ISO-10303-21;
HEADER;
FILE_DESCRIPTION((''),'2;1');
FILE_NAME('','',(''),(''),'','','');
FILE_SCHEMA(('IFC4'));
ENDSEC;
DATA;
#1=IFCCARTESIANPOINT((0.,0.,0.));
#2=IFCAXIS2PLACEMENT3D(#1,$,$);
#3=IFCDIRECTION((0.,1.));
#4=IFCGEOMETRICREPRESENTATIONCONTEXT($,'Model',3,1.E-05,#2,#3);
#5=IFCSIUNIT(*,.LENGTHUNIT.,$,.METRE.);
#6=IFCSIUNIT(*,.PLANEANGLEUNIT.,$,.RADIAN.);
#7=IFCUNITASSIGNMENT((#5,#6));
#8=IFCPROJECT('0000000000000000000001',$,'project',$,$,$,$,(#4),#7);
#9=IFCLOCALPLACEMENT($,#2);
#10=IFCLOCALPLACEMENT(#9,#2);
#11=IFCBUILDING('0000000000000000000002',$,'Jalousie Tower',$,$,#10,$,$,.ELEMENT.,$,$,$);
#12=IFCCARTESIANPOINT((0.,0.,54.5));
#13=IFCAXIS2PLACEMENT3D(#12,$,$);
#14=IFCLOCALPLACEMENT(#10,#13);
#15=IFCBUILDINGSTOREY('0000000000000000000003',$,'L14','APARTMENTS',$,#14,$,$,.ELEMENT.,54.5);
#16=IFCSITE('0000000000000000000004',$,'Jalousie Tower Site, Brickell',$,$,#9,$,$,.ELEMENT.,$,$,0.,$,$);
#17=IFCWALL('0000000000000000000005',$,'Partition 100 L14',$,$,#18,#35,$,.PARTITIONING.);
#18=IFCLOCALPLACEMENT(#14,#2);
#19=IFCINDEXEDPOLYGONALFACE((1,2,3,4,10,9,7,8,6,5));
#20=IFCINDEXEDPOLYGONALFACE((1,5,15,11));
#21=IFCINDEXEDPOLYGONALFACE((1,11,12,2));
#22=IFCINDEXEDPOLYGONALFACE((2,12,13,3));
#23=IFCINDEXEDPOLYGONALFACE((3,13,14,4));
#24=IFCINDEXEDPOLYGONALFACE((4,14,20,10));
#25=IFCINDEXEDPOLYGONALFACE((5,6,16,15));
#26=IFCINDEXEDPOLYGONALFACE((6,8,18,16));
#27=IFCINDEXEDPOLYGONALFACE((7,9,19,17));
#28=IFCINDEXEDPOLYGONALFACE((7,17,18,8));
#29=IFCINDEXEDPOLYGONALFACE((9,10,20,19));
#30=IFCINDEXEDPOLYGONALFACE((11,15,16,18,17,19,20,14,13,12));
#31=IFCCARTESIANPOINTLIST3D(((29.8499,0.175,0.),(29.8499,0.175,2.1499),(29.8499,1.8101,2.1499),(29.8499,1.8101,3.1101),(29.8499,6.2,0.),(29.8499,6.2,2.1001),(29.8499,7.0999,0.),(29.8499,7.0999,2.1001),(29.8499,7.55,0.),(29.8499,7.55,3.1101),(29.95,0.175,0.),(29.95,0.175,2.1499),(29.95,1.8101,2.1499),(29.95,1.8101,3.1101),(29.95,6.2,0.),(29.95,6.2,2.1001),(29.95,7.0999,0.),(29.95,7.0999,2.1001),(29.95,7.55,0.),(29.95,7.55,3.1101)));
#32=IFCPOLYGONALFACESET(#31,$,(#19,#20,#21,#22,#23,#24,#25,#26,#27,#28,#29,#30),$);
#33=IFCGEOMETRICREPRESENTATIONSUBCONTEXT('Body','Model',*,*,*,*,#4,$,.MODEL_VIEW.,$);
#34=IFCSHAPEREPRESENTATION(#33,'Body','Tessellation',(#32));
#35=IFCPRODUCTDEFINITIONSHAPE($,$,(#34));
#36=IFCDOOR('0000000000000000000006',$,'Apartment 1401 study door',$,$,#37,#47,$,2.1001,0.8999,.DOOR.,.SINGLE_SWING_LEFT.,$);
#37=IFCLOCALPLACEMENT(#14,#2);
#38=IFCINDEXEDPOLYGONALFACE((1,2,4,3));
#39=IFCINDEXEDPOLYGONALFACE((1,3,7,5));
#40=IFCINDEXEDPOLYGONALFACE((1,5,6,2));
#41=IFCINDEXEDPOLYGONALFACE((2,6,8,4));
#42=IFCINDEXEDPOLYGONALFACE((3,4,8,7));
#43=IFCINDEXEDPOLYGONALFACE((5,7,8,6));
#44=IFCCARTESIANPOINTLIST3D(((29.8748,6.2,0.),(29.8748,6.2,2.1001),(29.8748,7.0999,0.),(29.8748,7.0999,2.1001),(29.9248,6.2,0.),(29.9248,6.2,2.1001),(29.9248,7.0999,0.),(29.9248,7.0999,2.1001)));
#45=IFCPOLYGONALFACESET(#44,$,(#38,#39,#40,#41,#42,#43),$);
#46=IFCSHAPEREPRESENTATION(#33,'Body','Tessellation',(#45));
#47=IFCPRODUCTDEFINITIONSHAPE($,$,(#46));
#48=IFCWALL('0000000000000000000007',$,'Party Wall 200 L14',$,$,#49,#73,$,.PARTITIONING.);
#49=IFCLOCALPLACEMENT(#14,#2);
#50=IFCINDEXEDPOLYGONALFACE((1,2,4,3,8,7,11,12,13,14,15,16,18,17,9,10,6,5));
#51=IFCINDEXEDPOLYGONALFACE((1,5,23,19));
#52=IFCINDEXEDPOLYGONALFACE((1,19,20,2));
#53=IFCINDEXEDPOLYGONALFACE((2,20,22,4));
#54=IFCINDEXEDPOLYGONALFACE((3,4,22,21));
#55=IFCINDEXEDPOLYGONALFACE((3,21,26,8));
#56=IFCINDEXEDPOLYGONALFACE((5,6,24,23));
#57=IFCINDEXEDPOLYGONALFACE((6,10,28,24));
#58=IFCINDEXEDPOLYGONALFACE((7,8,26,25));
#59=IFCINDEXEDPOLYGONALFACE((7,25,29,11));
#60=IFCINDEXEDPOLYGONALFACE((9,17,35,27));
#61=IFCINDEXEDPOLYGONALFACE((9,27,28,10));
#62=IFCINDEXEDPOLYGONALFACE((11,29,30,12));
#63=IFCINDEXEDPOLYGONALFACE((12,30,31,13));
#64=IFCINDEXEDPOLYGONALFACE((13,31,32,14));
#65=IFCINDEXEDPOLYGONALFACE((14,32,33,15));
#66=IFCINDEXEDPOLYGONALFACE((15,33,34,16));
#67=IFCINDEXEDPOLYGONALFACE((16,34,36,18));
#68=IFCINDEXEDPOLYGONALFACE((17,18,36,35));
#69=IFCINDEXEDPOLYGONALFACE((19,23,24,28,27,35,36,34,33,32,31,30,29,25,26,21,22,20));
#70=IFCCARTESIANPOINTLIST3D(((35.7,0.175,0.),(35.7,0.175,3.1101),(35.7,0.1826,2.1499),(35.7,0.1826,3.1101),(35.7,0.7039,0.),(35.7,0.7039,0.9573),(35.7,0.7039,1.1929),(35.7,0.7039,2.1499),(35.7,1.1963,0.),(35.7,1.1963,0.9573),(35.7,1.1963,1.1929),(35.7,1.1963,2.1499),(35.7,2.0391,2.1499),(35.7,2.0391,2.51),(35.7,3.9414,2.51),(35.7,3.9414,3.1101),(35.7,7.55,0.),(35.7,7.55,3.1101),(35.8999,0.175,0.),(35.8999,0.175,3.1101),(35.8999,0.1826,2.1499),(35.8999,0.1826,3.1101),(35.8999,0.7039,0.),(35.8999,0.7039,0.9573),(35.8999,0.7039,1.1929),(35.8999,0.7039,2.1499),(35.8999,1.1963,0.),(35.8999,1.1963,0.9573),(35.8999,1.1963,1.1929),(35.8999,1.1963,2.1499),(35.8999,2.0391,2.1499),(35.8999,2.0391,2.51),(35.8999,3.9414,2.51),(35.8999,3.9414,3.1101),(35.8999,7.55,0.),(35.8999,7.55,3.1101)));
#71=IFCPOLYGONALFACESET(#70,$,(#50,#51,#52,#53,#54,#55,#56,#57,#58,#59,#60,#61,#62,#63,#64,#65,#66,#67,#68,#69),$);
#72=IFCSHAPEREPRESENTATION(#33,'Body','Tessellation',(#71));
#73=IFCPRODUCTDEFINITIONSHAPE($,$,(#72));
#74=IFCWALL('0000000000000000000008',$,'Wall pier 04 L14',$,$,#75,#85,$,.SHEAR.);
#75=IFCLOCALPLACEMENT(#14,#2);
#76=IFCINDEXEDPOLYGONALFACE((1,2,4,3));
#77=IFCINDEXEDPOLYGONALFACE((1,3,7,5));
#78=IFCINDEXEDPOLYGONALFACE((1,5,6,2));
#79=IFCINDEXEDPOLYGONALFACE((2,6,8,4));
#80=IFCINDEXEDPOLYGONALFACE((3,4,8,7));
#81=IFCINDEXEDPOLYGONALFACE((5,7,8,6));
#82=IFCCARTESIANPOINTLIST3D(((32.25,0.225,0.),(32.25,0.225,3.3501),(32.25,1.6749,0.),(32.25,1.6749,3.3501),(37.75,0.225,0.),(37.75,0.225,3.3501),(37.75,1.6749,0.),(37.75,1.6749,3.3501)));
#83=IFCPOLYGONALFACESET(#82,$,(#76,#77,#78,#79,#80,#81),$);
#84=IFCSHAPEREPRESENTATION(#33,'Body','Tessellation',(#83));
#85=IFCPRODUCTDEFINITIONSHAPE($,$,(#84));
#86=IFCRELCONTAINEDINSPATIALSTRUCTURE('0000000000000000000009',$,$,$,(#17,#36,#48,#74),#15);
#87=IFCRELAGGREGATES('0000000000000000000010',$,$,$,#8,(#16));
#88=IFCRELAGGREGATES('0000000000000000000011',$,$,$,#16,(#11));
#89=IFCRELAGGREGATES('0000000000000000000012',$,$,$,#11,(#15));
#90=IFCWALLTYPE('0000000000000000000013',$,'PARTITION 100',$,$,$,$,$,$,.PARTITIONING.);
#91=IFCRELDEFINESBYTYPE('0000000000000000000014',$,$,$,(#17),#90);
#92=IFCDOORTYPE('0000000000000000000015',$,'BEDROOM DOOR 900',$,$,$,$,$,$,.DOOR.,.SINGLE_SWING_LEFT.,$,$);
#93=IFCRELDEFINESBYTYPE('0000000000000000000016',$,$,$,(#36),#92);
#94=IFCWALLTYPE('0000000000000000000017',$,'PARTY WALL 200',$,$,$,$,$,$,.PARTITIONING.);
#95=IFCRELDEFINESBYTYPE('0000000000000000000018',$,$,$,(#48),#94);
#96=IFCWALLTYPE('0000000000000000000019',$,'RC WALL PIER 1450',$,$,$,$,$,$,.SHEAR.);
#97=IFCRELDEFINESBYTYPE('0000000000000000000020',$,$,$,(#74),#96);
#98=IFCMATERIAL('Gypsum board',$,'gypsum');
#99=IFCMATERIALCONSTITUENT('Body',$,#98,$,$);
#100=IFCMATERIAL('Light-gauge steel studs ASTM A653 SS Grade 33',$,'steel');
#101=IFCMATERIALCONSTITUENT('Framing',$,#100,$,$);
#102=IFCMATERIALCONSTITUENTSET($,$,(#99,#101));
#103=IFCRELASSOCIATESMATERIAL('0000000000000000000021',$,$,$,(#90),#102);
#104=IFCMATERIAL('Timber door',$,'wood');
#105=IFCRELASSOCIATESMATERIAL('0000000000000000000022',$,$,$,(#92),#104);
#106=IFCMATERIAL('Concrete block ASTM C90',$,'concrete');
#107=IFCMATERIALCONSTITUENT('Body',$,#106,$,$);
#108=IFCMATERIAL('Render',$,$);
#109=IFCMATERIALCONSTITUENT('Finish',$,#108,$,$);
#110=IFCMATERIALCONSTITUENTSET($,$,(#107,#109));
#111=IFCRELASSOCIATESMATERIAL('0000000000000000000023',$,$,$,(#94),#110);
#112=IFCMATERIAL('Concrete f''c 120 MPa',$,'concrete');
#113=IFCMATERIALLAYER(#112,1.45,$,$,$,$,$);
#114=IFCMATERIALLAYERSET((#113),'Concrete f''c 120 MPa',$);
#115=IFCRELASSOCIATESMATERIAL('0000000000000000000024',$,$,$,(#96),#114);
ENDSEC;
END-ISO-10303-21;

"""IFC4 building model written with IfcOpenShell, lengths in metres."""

from ifc_helpers import new_model, si_unit, direction, frame, frame_2d, origin, place, context, subcontext, project, spatial, polyline, rectangle, outline, extrude, material, layer, layer_set, constituent, constituent_set, type_object, element, fill, save


model = new_model("IFC4")

# Units and contexts
model_context = context("Model", 3, precision=1e-05, world=origin(), true_north=direction((0.0, 1.0)))
body_context = subcontext(model_context, "Body", "Model", "MODEL_VIEW")
ifc_project = project(units=[si_unit("LENGTHUNIT", "METRE"), si_unit("PLANEANGLEUNIT", "RADIAN")], contexts=[model_context])

# Site, building, storey
site_placement = place(None, origin())
site = spatial("IfcSite", under=ifc_project, at=site_placement, Name="Jalousie Tower Site, Brickell", CompositionType="ELEMENT", RefElevation=0.0)
building_placement = place(site_placement, origin())
building = spatial("IfcBuilding", under=site, at=building_placement, Name="Jalousie Tower", CompositionType="ELEMENT")
storey_placement = place(building_placement, frame((0.0, 0.0, 54.5)))
storey = spatial("IfcBuildingStorey", under=building, at=storey_placement, Name="L14", Description="APARTMENTS", CompositionType="ELEMENT", Elevation=54.5)

# Wall, opening, door
ifc_material_1 = material(Name="Gypsum board", Category="gypsum")
ifc_constituent_1 = constituent(ifc_material_1, Name="Body")
ifc_material_2 = material(Name="Light-gauge steel studs ASTM A653 SS Grade 33", Category="steel")
ifc_constituent_2 = constituent(ifc_material_2, Name="Framing")
ifc_constituent_set_1 = constituent_set(constituents=[ifc_constituent_1, ifc_constituent_2])
wall_type_1 = type_object("IfcWallType", Name="PARTITION 100", PredefinedType="PARTITIONING", material=ifc_constituent_set_1)
wall_1_placement = place(storey_placement, frame((29.8999, 0.175, 0.0), z_axis=(0.0, 0.0, 1.0), x_axis=(0.0, 1.0, 0.0)))
wall_1 = element("IfcWall", 1, at=wall_1_placement, inside=storey, type_object=wall_type_1, Name="Partition 100 L14", PredefinedType="PARTITIONING", context=body_context, shape_type="SweptSolid", body=[
    extrude(outline(polyline([(0.0, 0.0), (7.375, 0.0), (7.375, 3.1101), (1.635, 3.1101), (1.635, 2.1499), (0.0, 2.1499), (0.0, 3.1101), (0.0, 0.0)])), frame((0.0, 0.05, 0.0), z_axis=(0.0, -1.0, 0.0), x_axis=(1.0, 0.0, 0.0)), (0.0, 0.0, 1.0), 0.1001),
])
opening_1_placement = place(wall_1_placement, frame((6.0249, 0.0, 0.0)))
opening_1 = element("IfcOpeningElement", 2, at=opening_1_placement, cuts=wall_1, PredefinedType="OPENING", context=body_context, shape_type="SweptSolid", body=[
    extrude(rectangle(XDim=0.8999, YDim=2.1001, at=frame_2d((0.45, 1.05))), frame((0.0, 0.0601, 0.0), z_axis=(0.0, -1.0, 0.0), x_axis=(1.0, 0.0, 0.0)), (0.0, 0.0, 1.0), 0.1201),
])
ifc_material_3 = material(Name="Timber door", Category="wood")
door_type = type_object("IfcDoorType", Name="BEDROOM DOOR 900", OperationType="SINGLE_SWING_LEFT", PredefinedType="DOOR", material=ifc_material_3)
door_placement = place(opening_1_placement, frame((0.8999, 0.0, 0.0), z_axis=(0.0, 0.0, 1.0), x_axis=(-1.0, 0.0, 0.0)))
door = element("IfcDoor", 3, at=door_placement, inside=storey, type_object=door_type, Name="Apartment 1401 study door", OperationType="SINGLE_SWING_LEFT", OverallHeight=2.1001, OverallWidth=0.8999, PredefinedType="DOOR", context=body_context, shape_type="SweptSolid", body=[
    extrude(rectangle(XDim=0.8999, YDim=2.1001, at=frame_2d((0.45, 1.05))), frame((0.0, 0.0249, 0.0), z_axis=(0.0, -1.0, 0.0), x_axis=(1.0, 0.0, 0.0)), (0.0, 0.0, 1.0), 0.05),
])
fill(opening_1, door)

# Walls
ifc_material_4 = material(Name="Concrete block ASTM C90", Category="concrete")
ifc_constituent_3 = constituent(ifc_material_4, Name="Body")
ifc_material_5 = material(Name="Render")
ifc_constituent_4 = constituent(ifc_material_5, Name="Finish")
ifc_constituent_set_2 = constituent_set(constituents=[ifc_constituent_3, ifc_constituent_4])
wall_type_2 = type_object("IfcWallType", Name="PARTY WALL 200", PredefinedType="PARTITIONING", material=ifc_constituent_set_2)
wall_2_placement = place(storey_placement, frame((35.8, 0.175, 0.0), z_axis=(0.0, 0.0, 1.0), x_axis=(0.0, 1.0, 0.0)))
element("IfcWall", 4, at=wall_2_placement, inside=storey, type_object=wall_type_2, Name="Party Wall 200 L14", PredefinedType="PARTITIONING", context=body_context, shape_type="SweptSolid", body=[
    extrude(outline(polyline([(0.0076, 3.1101), (0.0, 3.1101), (0.0, 0.0), (0.5288, 0.0), (0.5288, 0.9573), (1.0212, 0.9573), (1.0212, 0.0), (7.375, 0.0), (7.375, 3.1101), (3.7664, 3.1101), (3.7664, 2.51), (1.864, 2.51), (1.864, 2.1499), (1.0212, 2.1499), (1.0212, 1.1929), (0.5288, 1.1929), (0.5288, 2.1499), (0.0076, 2.1499), (0.0076, 3.1101)])), frame((0.0, 0.1001, 0.0), z_axis=(0.0, -1.0, 0.0), x_axis=(1.0, 0.0, 0.0)), (0.0, 0.0, 1.0), 0.2),
])
ifc_material_6 = material(Name="Concrete f'c 120 MPa", Category="concrete")
ifc_layer_1 = layer(ifc_material_6, 1.45)
ifc_layer_set_1 = layer_set([ifc_layer_1], Name="Concrete f'c 120 MPa")
wall_type_3 = type_object("IfcWallType", Name="RC WALL PIER 1450", PredefinedType="SHEAR", material=ifc_layer_set_1)
wall_3_placement = place(storey_placement, frame((32.25, 0.95, 0.0), z_axis=(0.0, 0.0, 1.0), x_axis=(1.0, 0.0, 0.0)))
element("IfcWall", 5, at=wall_3_placement, inside=storey, type_object=wall_type_3, Name="Wall pier 04 L14", PredefinedType="SHEAR", context=body_context, shape_type="SweptSolid", body=[
    extrude(rectangle(XDim=5.5, YDim=1.45, at=frame_2d((2.75, 0.0))), origin(), (0.0, 0.0, 1.0), 3.3501),
])

save(model, "model.ifc")
